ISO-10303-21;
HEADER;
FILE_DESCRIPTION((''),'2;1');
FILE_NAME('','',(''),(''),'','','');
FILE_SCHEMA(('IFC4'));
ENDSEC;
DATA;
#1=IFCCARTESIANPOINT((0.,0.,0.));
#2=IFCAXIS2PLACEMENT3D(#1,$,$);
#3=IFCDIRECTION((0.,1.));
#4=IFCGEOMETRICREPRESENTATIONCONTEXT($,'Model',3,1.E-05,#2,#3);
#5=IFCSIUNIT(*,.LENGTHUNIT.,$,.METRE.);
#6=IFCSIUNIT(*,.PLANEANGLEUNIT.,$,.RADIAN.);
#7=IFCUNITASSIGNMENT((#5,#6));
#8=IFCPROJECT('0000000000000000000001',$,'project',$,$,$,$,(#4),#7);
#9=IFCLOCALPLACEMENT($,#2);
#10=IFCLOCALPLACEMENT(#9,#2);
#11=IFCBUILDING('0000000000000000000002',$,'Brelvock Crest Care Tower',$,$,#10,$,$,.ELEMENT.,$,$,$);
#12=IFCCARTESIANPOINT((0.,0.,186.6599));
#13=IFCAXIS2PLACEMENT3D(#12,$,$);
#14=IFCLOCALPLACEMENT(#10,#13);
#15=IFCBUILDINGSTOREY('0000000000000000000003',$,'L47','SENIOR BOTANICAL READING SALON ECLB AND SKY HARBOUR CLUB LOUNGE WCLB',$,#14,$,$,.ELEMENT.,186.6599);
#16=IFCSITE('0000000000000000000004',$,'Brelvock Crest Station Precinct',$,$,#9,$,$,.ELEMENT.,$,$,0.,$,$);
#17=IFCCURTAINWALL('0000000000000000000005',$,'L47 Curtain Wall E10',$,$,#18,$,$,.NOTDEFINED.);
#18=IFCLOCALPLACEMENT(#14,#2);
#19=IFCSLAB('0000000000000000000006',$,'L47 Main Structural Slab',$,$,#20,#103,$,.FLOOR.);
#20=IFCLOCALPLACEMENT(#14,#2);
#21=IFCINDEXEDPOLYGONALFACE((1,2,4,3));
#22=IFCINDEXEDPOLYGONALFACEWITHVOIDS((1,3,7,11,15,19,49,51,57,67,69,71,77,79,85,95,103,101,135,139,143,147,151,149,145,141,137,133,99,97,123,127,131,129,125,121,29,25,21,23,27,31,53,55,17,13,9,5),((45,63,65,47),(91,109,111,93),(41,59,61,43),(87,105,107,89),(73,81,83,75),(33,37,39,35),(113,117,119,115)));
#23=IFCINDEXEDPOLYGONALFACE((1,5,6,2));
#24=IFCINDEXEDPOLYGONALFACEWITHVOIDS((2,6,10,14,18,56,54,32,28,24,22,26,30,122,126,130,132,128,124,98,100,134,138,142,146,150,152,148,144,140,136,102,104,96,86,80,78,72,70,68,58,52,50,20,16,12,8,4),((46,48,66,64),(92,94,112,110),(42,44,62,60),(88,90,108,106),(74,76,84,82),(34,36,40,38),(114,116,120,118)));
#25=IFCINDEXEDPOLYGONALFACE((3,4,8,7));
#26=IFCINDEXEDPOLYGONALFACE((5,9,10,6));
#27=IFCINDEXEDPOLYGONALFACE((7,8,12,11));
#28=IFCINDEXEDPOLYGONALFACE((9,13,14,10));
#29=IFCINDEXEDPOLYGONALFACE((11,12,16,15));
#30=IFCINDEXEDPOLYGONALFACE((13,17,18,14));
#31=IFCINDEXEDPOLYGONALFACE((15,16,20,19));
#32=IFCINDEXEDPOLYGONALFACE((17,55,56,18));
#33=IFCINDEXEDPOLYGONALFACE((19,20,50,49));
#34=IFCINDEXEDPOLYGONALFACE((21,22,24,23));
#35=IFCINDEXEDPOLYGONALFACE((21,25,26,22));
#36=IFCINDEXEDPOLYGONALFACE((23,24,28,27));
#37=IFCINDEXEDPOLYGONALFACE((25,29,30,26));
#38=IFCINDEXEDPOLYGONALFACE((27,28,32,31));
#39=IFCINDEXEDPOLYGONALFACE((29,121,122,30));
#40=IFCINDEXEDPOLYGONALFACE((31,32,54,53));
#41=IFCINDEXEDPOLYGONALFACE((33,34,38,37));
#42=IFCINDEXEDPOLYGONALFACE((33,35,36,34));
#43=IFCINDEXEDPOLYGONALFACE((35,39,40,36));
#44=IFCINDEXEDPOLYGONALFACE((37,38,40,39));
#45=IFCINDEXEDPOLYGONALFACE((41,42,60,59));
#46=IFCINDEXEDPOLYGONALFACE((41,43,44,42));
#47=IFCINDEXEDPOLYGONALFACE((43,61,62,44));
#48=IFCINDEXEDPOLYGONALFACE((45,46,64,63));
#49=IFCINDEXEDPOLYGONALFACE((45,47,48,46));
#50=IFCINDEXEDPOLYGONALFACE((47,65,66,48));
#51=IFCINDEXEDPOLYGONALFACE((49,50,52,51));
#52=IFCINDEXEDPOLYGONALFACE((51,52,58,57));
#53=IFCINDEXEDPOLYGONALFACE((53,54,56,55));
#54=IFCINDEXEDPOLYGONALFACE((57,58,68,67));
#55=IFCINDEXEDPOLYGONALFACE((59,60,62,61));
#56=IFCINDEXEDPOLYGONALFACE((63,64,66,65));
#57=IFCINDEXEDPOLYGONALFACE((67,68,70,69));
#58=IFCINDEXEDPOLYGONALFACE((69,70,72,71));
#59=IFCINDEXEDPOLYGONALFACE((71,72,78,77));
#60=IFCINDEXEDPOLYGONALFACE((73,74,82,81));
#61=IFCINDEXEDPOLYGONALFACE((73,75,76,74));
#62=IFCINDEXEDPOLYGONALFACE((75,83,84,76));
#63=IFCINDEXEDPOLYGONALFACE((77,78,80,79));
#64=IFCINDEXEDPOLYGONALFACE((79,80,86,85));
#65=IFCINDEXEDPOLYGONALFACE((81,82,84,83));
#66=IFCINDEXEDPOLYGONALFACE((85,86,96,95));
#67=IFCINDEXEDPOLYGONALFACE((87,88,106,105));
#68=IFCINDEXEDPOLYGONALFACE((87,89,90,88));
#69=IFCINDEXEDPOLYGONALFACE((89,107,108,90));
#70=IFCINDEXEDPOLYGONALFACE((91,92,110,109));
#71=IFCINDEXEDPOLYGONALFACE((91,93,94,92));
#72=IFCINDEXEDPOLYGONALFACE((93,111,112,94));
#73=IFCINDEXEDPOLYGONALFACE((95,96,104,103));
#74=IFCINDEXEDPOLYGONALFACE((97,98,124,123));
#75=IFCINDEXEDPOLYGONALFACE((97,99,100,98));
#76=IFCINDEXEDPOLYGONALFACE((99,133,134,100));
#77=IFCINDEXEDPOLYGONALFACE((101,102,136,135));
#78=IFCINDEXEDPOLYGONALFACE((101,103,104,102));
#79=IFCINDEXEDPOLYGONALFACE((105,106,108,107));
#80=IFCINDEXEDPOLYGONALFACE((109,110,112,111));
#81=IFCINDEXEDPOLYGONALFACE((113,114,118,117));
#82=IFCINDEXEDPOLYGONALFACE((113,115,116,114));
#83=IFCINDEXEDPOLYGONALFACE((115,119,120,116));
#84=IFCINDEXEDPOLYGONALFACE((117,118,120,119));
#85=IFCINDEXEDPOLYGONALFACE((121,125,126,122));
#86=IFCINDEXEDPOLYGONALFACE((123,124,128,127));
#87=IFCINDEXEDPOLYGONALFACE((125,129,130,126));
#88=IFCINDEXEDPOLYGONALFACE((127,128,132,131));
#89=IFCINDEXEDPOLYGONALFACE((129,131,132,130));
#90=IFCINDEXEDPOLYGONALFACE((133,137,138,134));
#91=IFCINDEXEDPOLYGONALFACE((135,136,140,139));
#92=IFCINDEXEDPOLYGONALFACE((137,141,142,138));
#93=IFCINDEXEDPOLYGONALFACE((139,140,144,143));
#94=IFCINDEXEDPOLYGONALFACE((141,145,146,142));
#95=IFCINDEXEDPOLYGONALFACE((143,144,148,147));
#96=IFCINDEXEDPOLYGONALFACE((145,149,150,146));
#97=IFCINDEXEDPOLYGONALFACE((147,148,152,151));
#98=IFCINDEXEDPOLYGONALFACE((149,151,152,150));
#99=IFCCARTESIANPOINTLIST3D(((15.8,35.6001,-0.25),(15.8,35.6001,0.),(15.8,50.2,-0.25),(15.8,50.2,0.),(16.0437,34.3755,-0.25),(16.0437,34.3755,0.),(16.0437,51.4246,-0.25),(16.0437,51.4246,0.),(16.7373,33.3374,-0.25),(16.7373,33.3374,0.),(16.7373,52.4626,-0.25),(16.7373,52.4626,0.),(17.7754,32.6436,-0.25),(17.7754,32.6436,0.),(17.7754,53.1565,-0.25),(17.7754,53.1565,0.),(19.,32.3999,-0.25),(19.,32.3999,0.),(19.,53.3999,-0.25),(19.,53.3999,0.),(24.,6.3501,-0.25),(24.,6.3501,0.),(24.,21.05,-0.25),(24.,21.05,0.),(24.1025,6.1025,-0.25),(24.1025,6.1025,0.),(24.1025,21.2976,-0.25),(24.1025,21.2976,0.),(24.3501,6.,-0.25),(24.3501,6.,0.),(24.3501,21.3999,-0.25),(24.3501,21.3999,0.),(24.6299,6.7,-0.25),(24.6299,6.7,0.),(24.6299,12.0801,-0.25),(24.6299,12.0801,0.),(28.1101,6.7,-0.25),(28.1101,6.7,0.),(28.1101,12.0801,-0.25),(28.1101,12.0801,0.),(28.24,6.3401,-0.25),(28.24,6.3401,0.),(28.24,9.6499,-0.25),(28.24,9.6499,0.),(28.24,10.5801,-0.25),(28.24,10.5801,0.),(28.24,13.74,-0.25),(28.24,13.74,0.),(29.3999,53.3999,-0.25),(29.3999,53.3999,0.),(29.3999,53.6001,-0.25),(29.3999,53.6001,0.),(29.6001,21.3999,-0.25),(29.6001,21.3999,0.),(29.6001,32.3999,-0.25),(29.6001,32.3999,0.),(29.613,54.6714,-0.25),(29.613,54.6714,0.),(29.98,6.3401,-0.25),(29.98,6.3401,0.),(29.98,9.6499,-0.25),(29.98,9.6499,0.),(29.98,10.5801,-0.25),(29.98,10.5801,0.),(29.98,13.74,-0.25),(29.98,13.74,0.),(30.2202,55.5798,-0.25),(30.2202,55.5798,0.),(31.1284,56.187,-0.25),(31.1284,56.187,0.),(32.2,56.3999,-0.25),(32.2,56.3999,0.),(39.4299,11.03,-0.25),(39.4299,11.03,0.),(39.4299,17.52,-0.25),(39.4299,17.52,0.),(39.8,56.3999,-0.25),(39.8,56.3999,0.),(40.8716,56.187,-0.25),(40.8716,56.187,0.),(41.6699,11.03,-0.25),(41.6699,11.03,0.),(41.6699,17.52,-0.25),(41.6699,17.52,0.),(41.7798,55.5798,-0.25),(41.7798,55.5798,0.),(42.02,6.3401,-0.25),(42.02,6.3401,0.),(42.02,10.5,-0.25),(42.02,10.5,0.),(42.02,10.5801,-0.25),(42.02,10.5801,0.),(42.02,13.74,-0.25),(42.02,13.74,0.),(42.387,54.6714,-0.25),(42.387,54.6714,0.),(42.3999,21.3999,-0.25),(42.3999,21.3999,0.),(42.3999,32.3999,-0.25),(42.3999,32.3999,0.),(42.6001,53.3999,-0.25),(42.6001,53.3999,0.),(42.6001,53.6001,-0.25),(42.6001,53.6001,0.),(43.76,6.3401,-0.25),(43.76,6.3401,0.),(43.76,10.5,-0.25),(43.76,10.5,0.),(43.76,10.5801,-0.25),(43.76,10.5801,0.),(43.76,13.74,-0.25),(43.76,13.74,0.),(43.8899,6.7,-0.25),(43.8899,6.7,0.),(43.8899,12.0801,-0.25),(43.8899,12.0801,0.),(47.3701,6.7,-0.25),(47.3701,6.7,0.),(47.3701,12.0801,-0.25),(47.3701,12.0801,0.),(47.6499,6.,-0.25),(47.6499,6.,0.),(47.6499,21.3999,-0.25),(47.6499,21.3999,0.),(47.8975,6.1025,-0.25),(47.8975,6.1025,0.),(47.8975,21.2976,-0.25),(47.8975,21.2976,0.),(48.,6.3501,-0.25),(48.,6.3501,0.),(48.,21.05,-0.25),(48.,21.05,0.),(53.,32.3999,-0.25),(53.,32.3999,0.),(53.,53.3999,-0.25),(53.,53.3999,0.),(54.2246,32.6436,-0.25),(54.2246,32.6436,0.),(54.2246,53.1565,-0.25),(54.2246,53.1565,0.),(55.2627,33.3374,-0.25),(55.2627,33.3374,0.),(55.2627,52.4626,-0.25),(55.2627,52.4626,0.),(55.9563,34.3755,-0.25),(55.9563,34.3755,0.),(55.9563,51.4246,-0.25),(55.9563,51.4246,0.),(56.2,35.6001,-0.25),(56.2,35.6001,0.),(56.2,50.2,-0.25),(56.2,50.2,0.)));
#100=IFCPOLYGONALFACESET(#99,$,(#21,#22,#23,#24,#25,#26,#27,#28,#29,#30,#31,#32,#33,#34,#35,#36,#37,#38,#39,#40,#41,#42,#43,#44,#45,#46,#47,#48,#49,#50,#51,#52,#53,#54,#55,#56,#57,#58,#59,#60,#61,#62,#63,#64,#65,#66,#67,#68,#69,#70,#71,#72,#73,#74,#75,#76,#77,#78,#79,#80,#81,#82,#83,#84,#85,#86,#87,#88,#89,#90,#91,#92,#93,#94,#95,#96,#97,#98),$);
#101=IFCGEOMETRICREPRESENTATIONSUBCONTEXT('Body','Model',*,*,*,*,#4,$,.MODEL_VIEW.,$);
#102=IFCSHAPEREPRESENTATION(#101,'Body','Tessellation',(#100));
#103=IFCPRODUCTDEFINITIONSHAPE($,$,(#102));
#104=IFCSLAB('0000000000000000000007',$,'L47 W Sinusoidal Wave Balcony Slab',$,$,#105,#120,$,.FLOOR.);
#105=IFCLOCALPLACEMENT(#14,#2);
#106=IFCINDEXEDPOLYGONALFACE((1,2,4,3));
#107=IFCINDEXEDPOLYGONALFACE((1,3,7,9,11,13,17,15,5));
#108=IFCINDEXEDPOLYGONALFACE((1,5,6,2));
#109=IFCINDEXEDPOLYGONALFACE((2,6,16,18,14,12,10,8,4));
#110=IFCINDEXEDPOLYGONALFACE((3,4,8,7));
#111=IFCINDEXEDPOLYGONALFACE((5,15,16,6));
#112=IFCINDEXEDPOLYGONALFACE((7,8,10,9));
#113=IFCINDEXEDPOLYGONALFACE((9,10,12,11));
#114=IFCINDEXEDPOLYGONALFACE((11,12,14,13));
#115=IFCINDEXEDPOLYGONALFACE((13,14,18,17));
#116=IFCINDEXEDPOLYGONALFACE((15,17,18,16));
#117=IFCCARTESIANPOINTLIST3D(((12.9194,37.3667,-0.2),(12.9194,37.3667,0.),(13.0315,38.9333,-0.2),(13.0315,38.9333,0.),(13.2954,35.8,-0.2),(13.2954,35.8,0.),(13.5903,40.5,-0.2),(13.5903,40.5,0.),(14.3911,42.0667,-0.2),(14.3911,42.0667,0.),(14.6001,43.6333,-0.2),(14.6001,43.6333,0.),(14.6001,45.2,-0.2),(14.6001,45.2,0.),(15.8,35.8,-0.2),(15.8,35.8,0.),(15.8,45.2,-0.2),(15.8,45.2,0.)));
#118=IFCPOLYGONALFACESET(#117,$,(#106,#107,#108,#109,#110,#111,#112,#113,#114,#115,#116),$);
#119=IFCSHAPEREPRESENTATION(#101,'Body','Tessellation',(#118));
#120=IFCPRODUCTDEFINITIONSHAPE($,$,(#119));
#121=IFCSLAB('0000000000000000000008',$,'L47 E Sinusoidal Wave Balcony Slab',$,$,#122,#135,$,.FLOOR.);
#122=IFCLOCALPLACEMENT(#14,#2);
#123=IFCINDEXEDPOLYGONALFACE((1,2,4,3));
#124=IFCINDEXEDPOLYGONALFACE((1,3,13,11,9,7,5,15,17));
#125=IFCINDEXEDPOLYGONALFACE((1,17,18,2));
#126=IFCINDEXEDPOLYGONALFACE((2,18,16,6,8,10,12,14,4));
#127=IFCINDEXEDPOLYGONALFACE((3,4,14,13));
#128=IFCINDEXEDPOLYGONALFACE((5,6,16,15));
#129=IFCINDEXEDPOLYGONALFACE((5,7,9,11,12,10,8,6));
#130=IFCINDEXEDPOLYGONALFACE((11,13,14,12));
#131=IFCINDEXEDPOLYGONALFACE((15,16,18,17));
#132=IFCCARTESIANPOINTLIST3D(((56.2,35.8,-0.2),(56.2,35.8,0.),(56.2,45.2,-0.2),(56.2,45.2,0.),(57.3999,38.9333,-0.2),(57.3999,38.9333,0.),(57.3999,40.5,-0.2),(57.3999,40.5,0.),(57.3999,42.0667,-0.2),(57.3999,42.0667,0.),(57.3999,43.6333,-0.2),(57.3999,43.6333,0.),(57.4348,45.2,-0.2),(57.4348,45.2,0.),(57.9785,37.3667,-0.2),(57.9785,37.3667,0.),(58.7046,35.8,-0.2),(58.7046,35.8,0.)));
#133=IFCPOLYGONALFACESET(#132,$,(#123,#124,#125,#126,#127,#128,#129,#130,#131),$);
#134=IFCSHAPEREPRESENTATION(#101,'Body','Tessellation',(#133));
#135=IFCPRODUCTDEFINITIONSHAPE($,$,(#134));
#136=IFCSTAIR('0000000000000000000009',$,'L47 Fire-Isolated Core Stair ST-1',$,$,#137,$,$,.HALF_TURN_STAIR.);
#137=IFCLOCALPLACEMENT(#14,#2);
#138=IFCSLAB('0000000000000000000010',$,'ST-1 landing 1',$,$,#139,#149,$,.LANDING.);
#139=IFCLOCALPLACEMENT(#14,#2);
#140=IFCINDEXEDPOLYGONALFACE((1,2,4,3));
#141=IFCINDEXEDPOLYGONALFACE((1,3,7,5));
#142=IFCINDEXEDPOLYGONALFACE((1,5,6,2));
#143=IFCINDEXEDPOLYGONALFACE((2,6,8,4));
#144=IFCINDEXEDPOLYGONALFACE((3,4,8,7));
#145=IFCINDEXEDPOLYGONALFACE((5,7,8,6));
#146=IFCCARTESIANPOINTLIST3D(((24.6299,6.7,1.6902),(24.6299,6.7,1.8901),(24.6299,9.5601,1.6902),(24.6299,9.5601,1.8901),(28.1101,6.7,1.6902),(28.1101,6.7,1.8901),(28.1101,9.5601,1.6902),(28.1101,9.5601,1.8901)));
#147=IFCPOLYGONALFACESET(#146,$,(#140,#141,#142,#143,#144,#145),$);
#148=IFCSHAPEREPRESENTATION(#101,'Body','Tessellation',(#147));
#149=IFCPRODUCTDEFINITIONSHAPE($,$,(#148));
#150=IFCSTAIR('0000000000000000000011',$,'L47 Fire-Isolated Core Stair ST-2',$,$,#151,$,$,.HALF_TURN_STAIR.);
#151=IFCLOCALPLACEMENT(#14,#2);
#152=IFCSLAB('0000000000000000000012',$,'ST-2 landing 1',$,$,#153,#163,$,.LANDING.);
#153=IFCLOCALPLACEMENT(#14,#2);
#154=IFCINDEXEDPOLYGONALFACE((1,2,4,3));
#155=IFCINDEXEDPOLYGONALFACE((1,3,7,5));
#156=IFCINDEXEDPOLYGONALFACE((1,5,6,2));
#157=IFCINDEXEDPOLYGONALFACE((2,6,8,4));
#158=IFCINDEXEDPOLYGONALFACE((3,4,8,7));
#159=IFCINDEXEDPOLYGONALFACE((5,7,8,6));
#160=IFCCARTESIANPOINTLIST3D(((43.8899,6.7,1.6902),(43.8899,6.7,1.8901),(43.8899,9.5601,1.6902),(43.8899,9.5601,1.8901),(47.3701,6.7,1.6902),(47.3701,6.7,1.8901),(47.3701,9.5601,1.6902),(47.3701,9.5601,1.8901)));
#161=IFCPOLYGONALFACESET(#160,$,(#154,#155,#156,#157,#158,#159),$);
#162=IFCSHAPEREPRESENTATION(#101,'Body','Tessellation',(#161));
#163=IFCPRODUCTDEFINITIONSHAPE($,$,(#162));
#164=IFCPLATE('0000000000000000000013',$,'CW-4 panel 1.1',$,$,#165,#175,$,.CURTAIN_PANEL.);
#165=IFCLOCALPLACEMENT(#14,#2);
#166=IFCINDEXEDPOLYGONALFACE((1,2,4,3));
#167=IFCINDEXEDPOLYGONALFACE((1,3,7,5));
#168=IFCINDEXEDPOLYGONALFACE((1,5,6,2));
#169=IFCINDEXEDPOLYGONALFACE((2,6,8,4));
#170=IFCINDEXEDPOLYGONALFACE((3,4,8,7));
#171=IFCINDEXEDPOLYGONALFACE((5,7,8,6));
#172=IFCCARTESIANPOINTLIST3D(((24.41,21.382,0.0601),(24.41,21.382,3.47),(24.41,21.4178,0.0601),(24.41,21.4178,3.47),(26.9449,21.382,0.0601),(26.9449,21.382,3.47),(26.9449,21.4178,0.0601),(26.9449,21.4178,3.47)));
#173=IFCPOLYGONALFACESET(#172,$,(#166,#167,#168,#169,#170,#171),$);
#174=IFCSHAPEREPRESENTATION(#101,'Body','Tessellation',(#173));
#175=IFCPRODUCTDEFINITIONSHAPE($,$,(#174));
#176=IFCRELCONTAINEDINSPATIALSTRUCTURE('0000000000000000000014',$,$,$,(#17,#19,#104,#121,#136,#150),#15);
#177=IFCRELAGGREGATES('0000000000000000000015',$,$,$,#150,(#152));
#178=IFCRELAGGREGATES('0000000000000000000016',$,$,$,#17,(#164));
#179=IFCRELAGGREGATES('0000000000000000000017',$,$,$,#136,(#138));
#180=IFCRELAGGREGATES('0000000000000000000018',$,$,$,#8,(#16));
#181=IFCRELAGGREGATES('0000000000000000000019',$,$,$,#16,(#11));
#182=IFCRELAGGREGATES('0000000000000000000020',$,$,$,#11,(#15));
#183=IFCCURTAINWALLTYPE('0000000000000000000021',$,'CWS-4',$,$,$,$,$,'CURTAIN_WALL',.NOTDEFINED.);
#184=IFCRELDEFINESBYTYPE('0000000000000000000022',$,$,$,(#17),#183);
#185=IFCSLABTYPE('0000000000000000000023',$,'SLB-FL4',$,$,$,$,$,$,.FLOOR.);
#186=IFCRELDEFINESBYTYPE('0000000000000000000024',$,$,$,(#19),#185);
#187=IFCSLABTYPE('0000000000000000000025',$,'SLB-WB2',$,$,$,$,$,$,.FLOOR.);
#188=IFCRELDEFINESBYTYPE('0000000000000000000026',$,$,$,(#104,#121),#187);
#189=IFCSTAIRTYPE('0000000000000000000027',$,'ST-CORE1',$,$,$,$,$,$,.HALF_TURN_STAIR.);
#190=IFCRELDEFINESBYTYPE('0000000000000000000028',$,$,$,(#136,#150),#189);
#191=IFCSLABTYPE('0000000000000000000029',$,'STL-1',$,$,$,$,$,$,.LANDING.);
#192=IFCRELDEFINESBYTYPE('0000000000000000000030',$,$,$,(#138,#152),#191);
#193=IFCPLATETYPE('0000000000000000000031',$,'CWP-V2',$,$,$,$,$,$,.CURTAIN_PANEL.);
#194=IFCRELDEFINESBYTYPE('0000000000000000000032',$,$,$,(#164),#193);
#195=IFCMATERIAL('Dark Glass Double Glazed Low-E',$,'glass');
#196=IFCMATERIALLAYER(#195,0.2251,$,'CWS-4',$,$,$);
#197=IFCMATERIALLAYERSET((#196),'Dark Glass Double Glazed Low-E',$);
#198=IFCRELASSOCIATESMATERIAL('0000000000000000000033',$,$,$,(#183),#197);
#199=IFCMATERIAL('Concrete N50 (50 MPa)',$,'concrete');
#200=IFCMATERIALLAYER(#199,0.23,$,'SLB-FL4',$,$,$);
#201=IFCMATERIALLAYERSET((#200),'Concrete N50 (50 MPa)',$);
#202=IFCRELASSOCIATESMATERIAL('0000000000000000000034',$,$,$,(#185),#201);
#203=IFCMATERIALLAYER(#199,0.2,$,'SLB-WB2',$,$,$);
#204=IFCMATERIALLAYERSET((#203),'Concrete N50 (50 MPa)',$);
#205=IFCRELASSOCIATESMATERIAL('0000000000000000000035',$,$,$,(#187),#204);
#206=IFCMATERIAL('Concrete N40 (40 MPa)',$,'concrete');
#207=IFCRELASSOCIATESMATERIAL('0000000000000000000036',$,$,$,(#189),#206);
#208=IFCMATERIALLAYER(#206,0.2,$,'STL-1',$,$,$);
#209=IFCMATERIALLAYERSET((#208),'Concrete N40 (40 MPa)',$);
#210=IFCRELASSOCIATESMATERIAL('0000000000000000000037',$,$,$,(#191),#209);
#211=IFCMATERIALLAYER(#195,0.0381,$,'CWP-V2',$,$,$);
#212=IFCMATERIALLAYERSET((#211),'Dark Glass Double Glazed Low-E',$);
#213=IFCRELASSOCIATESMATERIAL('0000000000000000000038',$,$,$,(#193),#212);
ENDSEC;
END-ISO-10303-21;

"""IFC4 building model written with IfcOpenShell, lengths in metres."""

from ifc_helpers import new_model, si_unit, direction, frame, origin, origin_2d, place, context, subcontext, project, spatial, polyline, rectangle, outline, extrude, source, transform, mapped, material, layer, layer_set, type_object, element, aggregate, save


model = new_model("IFC4")

# Units and contexts
model_context = context("Model", 3, precision=1e-05, world=origin(), true_north=direction((0.0, 1.0)))
body_context = subcontext(model_context, "Body", "Model", "MODEL_VIEW")
ifc_project = project(units=[si_unit("LENGTHUNIT", "METRE"), si_unit("PLANEANGLEUNIT", "RADIAN")], contexts=[model_context])

# Site, building, storey
site_placement = place(None, origin())
site = spatial("IfcSite", under=ifc_project, at=site_placement, Name="Brelvock Crest Station Precinct", CompositionType="ELEMENT", RefElevation=0.0)
building_placement = place(site_placement, origin())
building = spatial("IfcBuilding", under=site, at=building_placement, Name="Brelvock Crest Care Tower", CompositionType="ELEMENT")
storey_placement = place(building_placement, frame((0.0, 0.0, 186.6599)))
storey = spatial("IfcBuildingStorey", under=building, at=storey_placement, Name="L47", Description="SENIOR BOTANICAL READING SALON ECLB AND SKY HARBOUR CLUB LOUNGE WCLB", CompositionType="ELEMENT", Elevation=186.6599)

# Curtain wall
ifc_material_1 = material(Name="Dark Glass Double Glazed Low-E", Category="glass")
ifc_layer_1 = layer(ifc_material_1, 0.2251, Name="CWS-4")
ifc_layer_set_1 = layer_set([ifc_layer_1], Name="Dark Glass Double Glazed Low-E")
curtain_wall_type = type_object("IfcCurtainWallType", Name="CWS-4", ElementType="CURTAIN_WALL", PredefinedType="NOTDEFINED", material=ifc_layer_set_1)
curtain_wall_placement = place(storey_placement, origin())
curtain_wall = element("IfcCurtainWall", 1, at=curtain_wall_placement, inside=storey, type_object=curtain_wall_type, Name="L47 Curtain Wall E10", PredefinedType="NOTDEFINED")

# Slabs
ifc_material_2 = material(Name="Concrete N50 (50 MPa)", Category="concrete")
ifc_layer_2 = layer(ifc_material_2, 0.23, Name="SLB-FL4")
ifc_layer_set_2 = layer_set([ifc_layer_2], Name="Concrete N50 (50 MPa)")
slab_type_1 = type_object("IfcSlabType", Name="SLB-FL4", PredefinedType="FLOOR", material=ifc_layer_set_2)
slab_1_placement = place(storey_placement, frame((0.0, 0.0, -0.25)))
element("IfcSlab", 2, at=slab_1_placement, inside=storey, type_object=slab_type_1, Name="L47 Main Structural Slab", PredefinedType="FLOOR", context=body_context, shape_type="SweptSolid", body=[
    extrude(outline(polyline([(47.6499, 21.3999), (42.3999, 21.3999), (42.3999, 32.3999), (53.0, 32.3999), (54.2246, 32.6436), (55.2627, 33.3374), (55.9563, 34.3755), (56.2, 35.6001), (56.2, 50.2), (55.9563, 51.4246), (55.2627, 52.4626), (54.2246, 53.1565), (53.0, 53.3999), (42.6001, 53.3999), (42.6001, 53.6001), (42.387, 54.6714), (41.7798, 55.5798), (40.8716, 56.187), (39.8, 56.3999), (32.2, 56.3999), (31.1284, 56.187), (30.2202, 55.5798), (29.613, 54.6714), (29.3999, 53.6001), (29.3999, 53.3999), (19.0, 53.3999), (17.7754, 53.1565), (16.7373, 52.4626), (16.0437, 51.4246), (15.8, 50.2), (15.8, 35.6001), (16.0437, 34.3755), (16.7373, 33.3374), (17.7754, 32.6436), (19.0, 32.3999), (29.6001, 32.3999), (29.6001, 21.3999), (24.3501, 21.3999), (24.1025, 21.2976), (24.0, 21.05), (24.0, 6.3501), (24.1025, 6.1025), (24.3501, 6.0), (47.6499, 6.0), (47.8975, 6.1025), (48.0, 6.3501), (48.0, 21.05), (47.8975, 21.2976), (47.6499, 21.3999)]), holes=[polyline([(28.24, 10.5801), (29.98, 10.5801), (29.98, 13.74), (28.24, 13.74), (28.24, 10.5801)]), polyline([(42.02, 10.5801), (43.76, 10.5801), (43.76, 13.74), (42.02, 13.74), (42.02, 10.5801)]), polyline([(28.24, 6.3401), (29.98, 6.3401), (29.98, 9.6499), (28.24, 9.6499), (28.24, 6.3401)]), polyline([(24.6299, 12.0801), (24.6299, 6.7), (28.1101, 6.7), (28.1101, 12.0801), (24.6299, 12.0801)]), polyline([(43.8899, 12.0801), (43.8899, 6.7), (47.3701, 6.7), (47.3701, 12.0801), (43.8899, 12.0801)]), polyline([(42.02, 6.3401), (43.76, 6.3401), (43.76, 10.5), (42.02, 10.5), (42.02, 6.3401)]), polyline([(39.4299, 11.03), (41.6699, 11.03), (41.6699, 17.52), (39.4299, 17.52), (39.4299, 11.03)])]), origin(), (0.0, 0.0, 1.0), 0.25),
])
ifc_layer_3 = layer(ifc_material_2, 0.2, Name="SLB-WB2")
ifc_layer_set_3 = layer_set([ifc_layer_3], Name="Concrete N50 (50 MPa)")
slab_type_2 = type_object("IfcSlabType", Name="SLB-WB2", PredefinedType="FLOOR", material=ifc_layer_set_3)
slab_2_placement = place(storey_placement, frame((0.0, 0.0, -0.2)))
element("IfcSlab", 3, at=slab_2_placement, inside=storey, type_object=slab_type_2, Name="L47 W Sinusoidal Wave Balcony Slab", PredefinedType="FLOOR", context=body_context, shape_type="SweptSolid", body=[
    extrude(outline(polyline([(15.8, 45.2), (14.6001, 45.2), (14.6001, 43.6333), (14.3911, 42.0667), (13.5903, 40.5), (13.0315, 38.9333), (12.9194, 37.3667), (13.2954, 35.8), (15.8, 35.8), (15.8, 45.2)])), origin(), (0.0, 0.0, 1.0), 0.2),
])
slab_3_placement = place(storey_placement, frame((0.0, 0.0, -0.2)))
element("IfcSlab", 4, at=slab_3_placement, inside=storey, type_object=slab_type_2, Name="L47 E Sinusoidal Wave Balcony Slab", PredefinedType="FLOOR", context=body_context, shape_type="SweptSolid", body=[
    extrude(outline(polyline([(56.2, 35.8), (58.7046, 35.8), (57.9785, 37.3667), (57.3999, 38.9333), (57.3999, 40.5), (57.3999, 42.0667), (57.3999, 43.6333), (57.4348, 45.2), (56.2, 45.2), (56.2, 35.8)])), origin(), (0.0, 0.0, 1.0), 0.2),
])

# Stairs, slabs
ifc_material_3 = material(Name="Concrete N40 (40 MPa)", Category="concrete")
stair_type = type_object("IfcStairType", Name="ST-CORE1", PredefinedType="HALF_TURN_STAIR", material=ifc_material_3)
stair_1_placement = place(storey_placement, origin())
stair_1 = element("IfcStair", 5, at=stair_1_placement, inside=storey, type_object=stair_type, Name="L47 Fire-Isolated Core Stair ST-1", PredefinedType="HALF_TURN_STAIR")
ifc_layer_4 = layer(ifc_material_3, 0.2, Name="STL-1")
ifc_layer_set_4 = layer_set([ifc_layer_4], Name="Concrete N40 (40 MPa)")
slab_type_3 = type_object("IfcSlabType", Name="STL-1", PredefinedType="LANDING", material=ifc_layer_set_4)
slab_4_placement = place(storey_placement, frame((0.0, 0.0, 1.6902)))
slab_4 = element("IfcSlab", 6, at=slab_4_placement, type_object=slab_type_3, Name="ST-1 landing 1", PredefinedType="LANDING", context=body_context, shape_type="SweptSolid", body=[
    extrude(outline(polyline([(24.6299, 9.5601), (24.6299, 6.7), (28.1101, 6.7), (28.1101, 9.5601), (24.6299, 9.5601)])), origin(), (0.0, 0.0, 1.0), 0.2),
])
stair_2_placement = place(storey_placement, origin())
stair_2 = element("IfcStair", 7, at=stair_2_placement, inside=storey, type_object=stair_type, Name="L47 Fire-Isolated Core Stair ST-2", PredefinedType="HALF_TURN_STAIR")
slab_5_placement = place(storey_placement, frame((0.0, 0.0, 1.6902)))
slab_5 = element("IfcSlab", 8, at=slab_5_placement, type_object=slab_type_3, Name="ST-2 landing 1", PredefinedType="LANDING", context=body_context, shape_type="SweptSolid", body=[
    extrude(outline(polyline([(43.8899, 9.5601), (43.8899, 6.7), (47.3701, 6.7), (47.3701, 9.5601), (43.8899, 9.5601)])), origin(), (0.0, 0.0, 1.0), 0.2),
])
aggregate(stair_2, [slab_5])

# Plate
ifc_layer_5 = layer(ifc_material_1, 0.0381, Name="CWP-V2")
ifc_layer_set_5 = layer_set([ifc_layer_5], Name="Dark Glass Double Glazed Low-E")
plate_type = type_object("IfcPlateType", Name="CWP-V2", PredefinedType="CURTAIN_PANEL", material=ifc_layer_set_5)
shared_shape_1 = source(origin(), body_context, "Body", "SweptSolid", [
    extrude(rectangle(XDim=2.5349, YDim=0.0359, at=origin_2d()), origin(), (0.0, 0.0, 1.0), 3.4099),
])
plate_placement = place(storey_placement, frame((25.6775, 21.3999, 0.0601), z_axis=(0.0, 0.0, 1.0), x_axis=(1.0, 0.0, 0.0)))
plate = element("IfcPlate", 9, at=plate_placement, type_object=plate_type, Name="CW-4 panel 1.1", PredefinedType="CURTAIN_PANEL", context=body_context, shape_type="MappedRepresentation", body=[
    mapped(shared_shape_1, transform((0.0, 0.0, 0.0), x_axis=(1.0, 0.0, 0.0), y_axis=(0.0, 1.0, 0.0), z_axis=(0.0, 0.0, 1.0), scale=1.0)),
])
aggregate(curtain_wall, [plate])

aggregate(stair_1, [slab_4])

save(model, "model.ifc")
